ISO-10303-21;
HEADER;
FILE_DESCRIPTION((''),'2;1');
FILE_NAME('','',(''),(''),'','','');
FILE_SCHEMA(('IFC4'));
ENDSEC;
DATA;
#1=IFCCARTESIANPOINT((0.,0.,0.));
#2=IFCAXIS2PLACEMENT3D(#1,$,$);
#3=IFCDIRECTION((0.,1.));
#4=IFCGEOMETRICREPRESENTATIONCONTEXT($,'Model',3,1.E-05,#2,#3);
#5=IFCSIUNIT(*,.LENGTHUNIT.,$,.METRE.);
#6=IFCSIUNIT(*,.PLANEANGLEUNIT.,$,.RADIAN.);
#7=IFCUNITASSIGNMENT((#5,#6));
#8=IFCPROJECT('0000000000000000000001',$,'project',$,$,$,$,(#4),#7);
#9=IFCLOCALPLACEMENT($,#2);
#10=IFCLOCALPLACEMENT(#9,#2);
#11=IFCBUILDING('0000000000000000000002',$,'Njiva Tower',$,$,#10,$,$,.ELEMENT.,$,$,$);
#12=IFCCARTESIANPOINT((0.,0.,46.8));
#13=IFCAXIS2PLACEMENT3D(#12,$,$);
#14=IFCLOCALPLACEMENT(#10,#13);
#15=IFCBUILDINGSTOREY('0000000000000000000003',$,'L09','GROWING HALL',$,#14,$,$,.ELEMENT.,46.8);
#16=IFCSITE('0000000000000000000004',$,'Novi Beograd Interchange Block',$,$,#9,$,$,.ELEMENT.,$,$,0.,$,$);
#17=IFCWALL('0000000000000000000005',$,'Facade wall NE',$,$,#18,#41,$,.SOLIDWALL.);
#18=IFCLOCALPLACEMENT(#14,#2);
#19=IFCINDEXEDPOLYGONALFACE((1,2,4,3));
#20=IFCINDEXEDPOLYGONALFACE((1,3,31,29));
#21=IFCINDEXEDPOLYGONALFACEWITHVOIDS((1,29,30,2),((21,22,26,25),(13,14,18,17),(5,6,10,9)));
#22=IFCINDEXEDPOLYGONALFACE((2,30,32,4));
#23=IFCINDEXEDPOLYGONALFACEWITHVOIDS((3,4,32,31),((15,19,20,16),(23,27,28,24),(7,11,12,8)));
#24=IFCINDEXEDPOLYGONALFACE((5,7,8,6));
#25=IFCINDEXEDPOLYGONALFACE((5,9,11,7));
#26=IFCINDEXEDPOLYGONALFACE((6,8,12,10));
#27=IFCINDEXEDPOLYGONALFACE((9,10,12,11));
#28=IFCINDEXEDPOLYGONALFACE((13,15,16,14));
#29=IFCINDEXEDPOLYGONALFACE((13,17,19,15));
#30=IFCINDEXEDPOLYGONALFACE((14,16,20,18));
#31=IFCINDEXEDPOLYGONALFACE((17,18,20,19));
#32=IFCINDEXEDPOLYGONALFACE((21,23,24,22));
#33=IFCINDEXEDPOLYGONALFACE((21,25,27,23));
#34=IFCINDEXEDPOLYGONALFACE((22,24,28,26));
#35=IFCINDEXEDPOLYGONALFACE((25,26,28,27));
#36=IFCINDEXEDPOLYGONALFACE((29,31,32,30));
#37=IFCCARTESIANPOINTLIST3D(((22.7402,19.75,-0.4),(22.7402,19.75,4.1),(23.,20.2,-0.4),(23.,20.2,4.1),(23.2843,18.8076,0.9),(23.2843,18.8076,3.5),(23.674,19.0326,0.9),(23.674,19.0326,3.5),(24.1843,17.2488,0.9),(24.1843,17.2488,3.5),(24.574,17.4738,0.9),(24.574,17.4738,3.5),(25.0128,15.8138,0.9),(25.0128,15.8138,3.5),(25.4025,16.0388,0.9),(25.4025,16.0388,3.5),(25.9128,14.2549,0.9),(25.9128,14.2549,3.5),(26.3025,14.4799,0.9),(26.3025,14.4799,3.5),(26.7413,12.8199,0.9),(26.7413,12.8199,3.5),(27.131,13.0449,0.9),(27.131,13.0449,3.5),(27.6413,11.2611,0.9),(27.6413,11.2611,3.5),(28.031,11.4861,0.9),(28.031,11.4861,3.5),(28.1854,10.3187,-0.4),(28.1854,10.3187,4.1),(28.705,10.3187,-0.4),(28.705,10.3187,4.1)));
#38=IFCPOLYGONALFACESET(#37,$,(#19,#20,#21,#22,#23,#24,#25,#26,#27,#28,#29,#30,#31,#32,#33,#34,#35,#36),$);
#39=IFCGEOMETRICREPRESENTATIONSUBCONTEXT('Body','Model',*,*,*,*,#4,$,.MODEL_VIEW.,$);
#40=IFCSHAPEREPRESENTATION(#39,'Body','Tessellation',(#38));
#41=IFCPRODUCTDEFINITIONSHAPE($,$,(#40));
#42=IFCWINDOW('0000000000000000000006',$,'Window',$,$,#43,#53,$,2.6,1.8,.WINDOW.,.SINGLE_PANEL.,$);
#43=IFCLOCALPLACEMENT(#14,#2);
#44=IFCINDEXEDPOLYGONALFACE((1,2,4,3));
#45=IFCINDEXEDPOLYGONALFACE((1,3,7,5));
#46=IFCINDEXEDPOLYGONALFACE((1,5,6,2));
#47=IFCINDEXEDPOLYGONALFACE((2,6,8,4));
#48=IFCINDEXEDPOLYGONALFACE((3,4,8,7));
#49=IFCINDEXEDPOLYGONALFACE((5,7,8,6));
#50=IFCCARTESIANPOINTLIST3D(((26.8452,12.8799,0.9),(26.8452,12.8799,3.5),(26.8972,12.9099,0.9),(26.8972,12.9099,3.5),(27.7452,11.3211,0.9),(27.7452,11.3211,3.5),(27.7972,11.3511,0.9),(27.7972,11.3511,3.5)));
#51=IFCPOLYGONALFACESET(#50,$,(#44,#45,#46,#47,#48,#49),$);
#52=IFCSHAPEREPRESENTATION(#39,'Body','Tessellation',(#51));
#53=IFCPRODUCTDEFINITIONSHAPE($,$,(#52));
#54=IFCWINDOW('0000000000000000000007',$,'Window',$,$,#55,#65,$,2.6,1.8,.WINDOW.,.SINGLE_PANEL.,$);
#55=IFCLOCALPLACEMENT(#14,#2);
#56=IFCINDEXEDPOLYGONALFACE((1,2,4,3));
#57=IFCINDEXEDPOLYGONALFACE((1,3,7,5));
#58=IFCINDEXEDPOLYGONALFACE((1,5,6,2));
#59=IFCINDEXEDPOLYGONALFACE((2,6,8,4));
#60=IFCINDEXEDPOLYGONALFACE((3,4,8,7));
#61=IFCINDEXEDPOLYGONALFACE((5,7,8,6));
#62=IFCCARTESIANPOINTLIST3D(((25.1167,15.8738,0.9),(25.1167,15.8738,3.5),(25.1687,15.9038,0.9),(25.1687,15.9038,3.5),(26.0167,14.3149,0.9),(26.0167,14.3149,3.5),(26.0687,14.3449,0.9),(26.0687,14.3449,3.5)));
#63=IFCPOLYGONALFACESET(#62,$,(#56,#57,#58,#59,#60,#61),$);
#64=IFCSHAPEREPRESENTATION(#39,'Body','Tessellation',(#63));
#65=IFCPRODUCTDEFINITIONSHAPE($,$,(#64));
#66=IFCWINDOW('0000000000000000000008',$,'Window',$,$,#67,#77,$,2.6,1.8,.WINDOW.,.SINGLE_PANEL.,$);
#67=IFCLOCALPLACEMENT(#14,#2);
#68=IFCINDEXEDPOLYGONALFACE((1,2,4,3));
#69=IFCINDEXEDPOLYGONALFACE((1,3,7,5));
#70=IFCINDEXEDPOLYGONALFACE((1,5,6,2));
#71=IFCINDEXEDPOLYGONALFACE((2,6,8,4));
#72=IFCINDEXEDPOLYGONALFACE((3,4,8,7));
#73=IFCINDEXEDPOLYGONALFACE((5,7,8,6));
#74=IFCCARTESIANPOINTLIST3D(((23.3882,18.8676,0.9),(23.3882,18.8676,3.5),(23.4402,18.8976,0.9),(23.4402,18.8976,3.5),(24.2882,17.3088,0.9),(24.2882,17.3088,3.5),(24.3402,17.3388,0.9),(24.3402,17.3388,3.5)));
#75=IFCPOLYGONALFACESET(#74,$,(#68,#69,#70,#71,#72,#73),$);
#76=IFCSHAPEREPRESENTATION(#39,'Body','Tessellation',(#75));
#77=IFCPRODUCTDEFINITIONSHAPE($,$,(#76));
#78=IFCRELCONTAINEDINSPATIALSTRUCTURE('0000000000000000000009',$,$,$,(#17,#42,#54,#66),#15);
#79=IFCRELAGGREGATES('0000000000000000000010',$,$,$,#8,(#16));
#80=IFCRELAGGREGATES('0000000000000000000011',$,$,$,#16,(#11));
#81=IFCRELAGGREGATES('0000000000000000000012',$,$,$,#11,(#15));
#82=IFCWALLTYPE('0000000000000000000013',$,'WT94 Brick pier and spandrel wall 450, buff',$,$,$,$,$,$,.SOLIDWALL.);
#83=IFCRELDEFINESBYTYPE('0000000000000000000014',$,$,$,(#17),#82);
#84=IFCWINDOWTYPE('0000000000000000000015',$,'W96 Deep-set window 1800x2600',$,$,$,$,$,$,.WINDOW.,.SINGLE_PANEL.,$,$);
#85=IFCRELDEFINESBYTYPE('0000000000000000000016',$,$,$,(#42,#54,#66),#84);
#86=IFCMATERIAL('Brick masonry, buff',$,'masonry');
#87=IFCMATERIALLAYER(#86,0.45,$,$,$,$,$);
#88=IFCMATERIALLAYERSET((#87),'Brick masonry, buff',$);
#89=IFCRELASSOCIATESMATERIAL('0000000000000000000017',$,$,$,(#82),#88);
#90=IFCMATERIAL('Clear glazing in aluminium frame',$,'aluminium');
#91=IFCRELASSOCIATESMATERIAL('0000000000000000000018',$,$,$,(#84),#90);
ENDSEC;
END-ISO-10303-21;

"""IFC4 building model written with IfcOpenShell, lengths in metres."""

from ifc_helpers import new_model, si_unit, direction, frame, frame_2d, origin, place, context, subcontext, project, spatial, polyline, rectangle, outline, extrude, material, layer, layer_set, type_object, element, fill, save


model = new_model("IFC4")

# Units and contexts
model_context = context("Model", 3, precision=1e-05, world=origin(), true_north=direction((0.0, 1.0)))
body_context = subcontext(model_context, "Body", "Model", "MODEL_VIEW")
ifc_project = project(units=[si_unit("LENGTHUNIT", "METRE"), si_unit("PLANEANGLEUNIT", "RADIAN")], contexts=[model_context])

# Site, building, storey
site_placement = place(None, origin())
site = spatial("IfcSite", under=ifc_project, at=site_placement, Name="Novi Beograd Interchange Block", CompositionType="ELEMENT", RefElevation=0.0)
building_placement = place(site_placement, origin())
building = spatial("IfcBuilding", under=site, at=building_placement, Name="Njiva Tower", CompositionType="ELEMENT")
storey_placement = place(building_placement, frame((0.0, 0.0, 46.8)))
storey = spatial("IfcBuildingStorey", under=building, at=storey_placement, Name="L09", Description="GROWING HALL", CompositionType="ELEMENT", Elevation=46.8)

# Wall, openings, windows
ifc_material_1 = material(Name="Brick masonry, buff", Category="masonry")
ifc_layer_1 = layer(ifc_material_1, 0.45)
ifc_layer_set_1 = layer_set([ifc_layer_1], Name="Brick masonry, buff")
wall_type_1 = type_object("IfcWallType", Name="WT94 Brick pier and spandrel wall 450, buff", PredefinedType="SOLIDWALL", material=ifc_layer_set_1)
wall_1_placement = place(storey_placement, frame((28.4452, 10.3187, -0.4), z_axis=(0.0, 0.0, 1.0), x_axis=(-0.500002, 0.866024, 0.0)))
wall_1 = element("IfcWall", 1, at=wall_1_placement, inside=storey, type_object=wall_type_1, Name="Facade wall NE", PredefinedType="SOLIDWALL", context=body_context, shape_type="SweptSolid", body=[
    extrude(outline(polyline([(-0.1299, -0.225), (11.2801, -0.225), (11.0203, 0.225), (0.1299, 0.225), (-0.1299, -0.225)])), origin(), (0.0, 0.0, 1.0), 4.5),
])
opening_1_placement = place(wall_1_placement, frame((1.2181, 0.0, 1.3)))
opening_1 = element("IfcOpeningElement", 2, at=opening_1_placement, cuts=wall_1, PredefinedType="OPENING", context=body_context, shape_type="SweptSolid", body=[
    extrude(rectangle(XDim=1.8, YDim=2.6, at=frame_2d((0.9, 1.3))), frame((0.0, 0.235, 0.0), z_axis=(0.0, -1.0, 0.0), x_axis=(1.0, 0.0, 0.0)), (0.0, 0.0, 1.0), 0.47),
])
opening_2_placement = place(wall_1_placement, frame((4.6751, 0.0, 1.3)))
opening_2 = element("IfcOpeningElement", 3, at=opening_2_placement, cuts=wall_1, PredefinedType="OPENING", context=body_context, shape_type="SweptSolid", body=[
    extrude(rectangle(XDim=1.8, YDim=2.6, at=frame_2d((0.9, 1.3))), frame((0.0, 0.235, 0.0), z_axis=(0.0, -1.0, 0.0), x_axis=(1.0, 0.0, 0.0)), (0.0, 0.0, 1.0), 0.47),
])
opening_3_placement = place(wall_1_placement, frame((8.1321, 0.0, 1.3)))
opening_3 = element("IfcOpeningElement", 4, at=opening_3_placement, cuts=wall_1, PredefinedType="OPENING", context=body_context, shape_type="SweptSolid", body=[
    extrude(rectangle(XDim=1.8, YDim=2.6, at=frame_2d((0.9, 1.3))), frame((0.0, 0.235, 0.0), z_axis=(0.0, -1.0, 0.0), x_axis=(1.0, 0.0, 0.0)), (0.0, 0.0, 1.0), 0.47),
])
ifc_material_2 = material(Name="Clear glazing in aluminium frame", Category="aluminium")
window_type = type_object("IfcWindowType", Name="W96 Deep-set window 1800x2600", PartitioningType="SINGLE_PANEL", PredefinedType="WINDOW", material=ifc_material_2)
window_1_placement = place(opening_1_placement, origin())
window_1 = element("IfcWindow", 5, at=window_1_placement, inside=storey, type_object=window_type, Name="Window", OverallHeight=2.6, OverallWidth=1.8, PartitioningType="SINGLE_PANEL", PredefinedType="WINDOW", context=body_context, shape_type="SweptSolid", body=[
    extrude(rectangle(XDim=1.8, YDim=2.6, at=frame_2d((0.9, 1.3))), frame((0.0, 0.105, 0.0), z_axis=(0.0, -1.0, 0.0), x_axis=(1.0, 0.0, 0.0)), (0.0, 0.0, 1.0), 0.06),
])
fill(opening_1, window_1)
window_2_placement = place(opening_2_placement, origin())
window_2 = element("IfcWindow", 6, at=window_2_placement, inside=storey, type_object=window_type, Name="Window", OverallHeight=2.6, OverallWidth=1.8, PartitioningType="SINGLE_PANEL", PredefinedType="WINDOW", context=body_context, shape_type="SweptSolid", body=[
    extrude(rectangle(XDim=1.8, YDim=2.6, at=frame_2d((0.9, 1.3))), frame((0.0, 0.105, 0.0), z_axis=(0.0, -1.0, 0.0), x_axis=(1.0, 0.0, 0.0)), (0.0, 0.0, 1.0), 0.06),
])
fill(opening_2, window_2)
window_3_placement = place(opening_3_placement, origin())
window_3 = element("IfcWindow", 7, at=window_3_placement, inside=storey, type_object=window_type, Name="Window", OverallHeight=2.6, OverallWidth=1.8, PartitioningType="SINGLE_PANEL", PredefinedType="WINDOW", context=body_context, shape_type="SweptSolid", body=[
    extrude(rectangle(XDim=1.8, YDim=2.6, at=frame_2d((0.9, 1.3))), frame((0.0, 0.105, 0.0), z_axis=(0.0, -1.0, 0.0), x_axis=(1.0, 0.0, 0.0)), (0.0, 0.0, 1.0), 0.06),
])
fill(opening_3, window_3)

save(model, "model.ifc")
